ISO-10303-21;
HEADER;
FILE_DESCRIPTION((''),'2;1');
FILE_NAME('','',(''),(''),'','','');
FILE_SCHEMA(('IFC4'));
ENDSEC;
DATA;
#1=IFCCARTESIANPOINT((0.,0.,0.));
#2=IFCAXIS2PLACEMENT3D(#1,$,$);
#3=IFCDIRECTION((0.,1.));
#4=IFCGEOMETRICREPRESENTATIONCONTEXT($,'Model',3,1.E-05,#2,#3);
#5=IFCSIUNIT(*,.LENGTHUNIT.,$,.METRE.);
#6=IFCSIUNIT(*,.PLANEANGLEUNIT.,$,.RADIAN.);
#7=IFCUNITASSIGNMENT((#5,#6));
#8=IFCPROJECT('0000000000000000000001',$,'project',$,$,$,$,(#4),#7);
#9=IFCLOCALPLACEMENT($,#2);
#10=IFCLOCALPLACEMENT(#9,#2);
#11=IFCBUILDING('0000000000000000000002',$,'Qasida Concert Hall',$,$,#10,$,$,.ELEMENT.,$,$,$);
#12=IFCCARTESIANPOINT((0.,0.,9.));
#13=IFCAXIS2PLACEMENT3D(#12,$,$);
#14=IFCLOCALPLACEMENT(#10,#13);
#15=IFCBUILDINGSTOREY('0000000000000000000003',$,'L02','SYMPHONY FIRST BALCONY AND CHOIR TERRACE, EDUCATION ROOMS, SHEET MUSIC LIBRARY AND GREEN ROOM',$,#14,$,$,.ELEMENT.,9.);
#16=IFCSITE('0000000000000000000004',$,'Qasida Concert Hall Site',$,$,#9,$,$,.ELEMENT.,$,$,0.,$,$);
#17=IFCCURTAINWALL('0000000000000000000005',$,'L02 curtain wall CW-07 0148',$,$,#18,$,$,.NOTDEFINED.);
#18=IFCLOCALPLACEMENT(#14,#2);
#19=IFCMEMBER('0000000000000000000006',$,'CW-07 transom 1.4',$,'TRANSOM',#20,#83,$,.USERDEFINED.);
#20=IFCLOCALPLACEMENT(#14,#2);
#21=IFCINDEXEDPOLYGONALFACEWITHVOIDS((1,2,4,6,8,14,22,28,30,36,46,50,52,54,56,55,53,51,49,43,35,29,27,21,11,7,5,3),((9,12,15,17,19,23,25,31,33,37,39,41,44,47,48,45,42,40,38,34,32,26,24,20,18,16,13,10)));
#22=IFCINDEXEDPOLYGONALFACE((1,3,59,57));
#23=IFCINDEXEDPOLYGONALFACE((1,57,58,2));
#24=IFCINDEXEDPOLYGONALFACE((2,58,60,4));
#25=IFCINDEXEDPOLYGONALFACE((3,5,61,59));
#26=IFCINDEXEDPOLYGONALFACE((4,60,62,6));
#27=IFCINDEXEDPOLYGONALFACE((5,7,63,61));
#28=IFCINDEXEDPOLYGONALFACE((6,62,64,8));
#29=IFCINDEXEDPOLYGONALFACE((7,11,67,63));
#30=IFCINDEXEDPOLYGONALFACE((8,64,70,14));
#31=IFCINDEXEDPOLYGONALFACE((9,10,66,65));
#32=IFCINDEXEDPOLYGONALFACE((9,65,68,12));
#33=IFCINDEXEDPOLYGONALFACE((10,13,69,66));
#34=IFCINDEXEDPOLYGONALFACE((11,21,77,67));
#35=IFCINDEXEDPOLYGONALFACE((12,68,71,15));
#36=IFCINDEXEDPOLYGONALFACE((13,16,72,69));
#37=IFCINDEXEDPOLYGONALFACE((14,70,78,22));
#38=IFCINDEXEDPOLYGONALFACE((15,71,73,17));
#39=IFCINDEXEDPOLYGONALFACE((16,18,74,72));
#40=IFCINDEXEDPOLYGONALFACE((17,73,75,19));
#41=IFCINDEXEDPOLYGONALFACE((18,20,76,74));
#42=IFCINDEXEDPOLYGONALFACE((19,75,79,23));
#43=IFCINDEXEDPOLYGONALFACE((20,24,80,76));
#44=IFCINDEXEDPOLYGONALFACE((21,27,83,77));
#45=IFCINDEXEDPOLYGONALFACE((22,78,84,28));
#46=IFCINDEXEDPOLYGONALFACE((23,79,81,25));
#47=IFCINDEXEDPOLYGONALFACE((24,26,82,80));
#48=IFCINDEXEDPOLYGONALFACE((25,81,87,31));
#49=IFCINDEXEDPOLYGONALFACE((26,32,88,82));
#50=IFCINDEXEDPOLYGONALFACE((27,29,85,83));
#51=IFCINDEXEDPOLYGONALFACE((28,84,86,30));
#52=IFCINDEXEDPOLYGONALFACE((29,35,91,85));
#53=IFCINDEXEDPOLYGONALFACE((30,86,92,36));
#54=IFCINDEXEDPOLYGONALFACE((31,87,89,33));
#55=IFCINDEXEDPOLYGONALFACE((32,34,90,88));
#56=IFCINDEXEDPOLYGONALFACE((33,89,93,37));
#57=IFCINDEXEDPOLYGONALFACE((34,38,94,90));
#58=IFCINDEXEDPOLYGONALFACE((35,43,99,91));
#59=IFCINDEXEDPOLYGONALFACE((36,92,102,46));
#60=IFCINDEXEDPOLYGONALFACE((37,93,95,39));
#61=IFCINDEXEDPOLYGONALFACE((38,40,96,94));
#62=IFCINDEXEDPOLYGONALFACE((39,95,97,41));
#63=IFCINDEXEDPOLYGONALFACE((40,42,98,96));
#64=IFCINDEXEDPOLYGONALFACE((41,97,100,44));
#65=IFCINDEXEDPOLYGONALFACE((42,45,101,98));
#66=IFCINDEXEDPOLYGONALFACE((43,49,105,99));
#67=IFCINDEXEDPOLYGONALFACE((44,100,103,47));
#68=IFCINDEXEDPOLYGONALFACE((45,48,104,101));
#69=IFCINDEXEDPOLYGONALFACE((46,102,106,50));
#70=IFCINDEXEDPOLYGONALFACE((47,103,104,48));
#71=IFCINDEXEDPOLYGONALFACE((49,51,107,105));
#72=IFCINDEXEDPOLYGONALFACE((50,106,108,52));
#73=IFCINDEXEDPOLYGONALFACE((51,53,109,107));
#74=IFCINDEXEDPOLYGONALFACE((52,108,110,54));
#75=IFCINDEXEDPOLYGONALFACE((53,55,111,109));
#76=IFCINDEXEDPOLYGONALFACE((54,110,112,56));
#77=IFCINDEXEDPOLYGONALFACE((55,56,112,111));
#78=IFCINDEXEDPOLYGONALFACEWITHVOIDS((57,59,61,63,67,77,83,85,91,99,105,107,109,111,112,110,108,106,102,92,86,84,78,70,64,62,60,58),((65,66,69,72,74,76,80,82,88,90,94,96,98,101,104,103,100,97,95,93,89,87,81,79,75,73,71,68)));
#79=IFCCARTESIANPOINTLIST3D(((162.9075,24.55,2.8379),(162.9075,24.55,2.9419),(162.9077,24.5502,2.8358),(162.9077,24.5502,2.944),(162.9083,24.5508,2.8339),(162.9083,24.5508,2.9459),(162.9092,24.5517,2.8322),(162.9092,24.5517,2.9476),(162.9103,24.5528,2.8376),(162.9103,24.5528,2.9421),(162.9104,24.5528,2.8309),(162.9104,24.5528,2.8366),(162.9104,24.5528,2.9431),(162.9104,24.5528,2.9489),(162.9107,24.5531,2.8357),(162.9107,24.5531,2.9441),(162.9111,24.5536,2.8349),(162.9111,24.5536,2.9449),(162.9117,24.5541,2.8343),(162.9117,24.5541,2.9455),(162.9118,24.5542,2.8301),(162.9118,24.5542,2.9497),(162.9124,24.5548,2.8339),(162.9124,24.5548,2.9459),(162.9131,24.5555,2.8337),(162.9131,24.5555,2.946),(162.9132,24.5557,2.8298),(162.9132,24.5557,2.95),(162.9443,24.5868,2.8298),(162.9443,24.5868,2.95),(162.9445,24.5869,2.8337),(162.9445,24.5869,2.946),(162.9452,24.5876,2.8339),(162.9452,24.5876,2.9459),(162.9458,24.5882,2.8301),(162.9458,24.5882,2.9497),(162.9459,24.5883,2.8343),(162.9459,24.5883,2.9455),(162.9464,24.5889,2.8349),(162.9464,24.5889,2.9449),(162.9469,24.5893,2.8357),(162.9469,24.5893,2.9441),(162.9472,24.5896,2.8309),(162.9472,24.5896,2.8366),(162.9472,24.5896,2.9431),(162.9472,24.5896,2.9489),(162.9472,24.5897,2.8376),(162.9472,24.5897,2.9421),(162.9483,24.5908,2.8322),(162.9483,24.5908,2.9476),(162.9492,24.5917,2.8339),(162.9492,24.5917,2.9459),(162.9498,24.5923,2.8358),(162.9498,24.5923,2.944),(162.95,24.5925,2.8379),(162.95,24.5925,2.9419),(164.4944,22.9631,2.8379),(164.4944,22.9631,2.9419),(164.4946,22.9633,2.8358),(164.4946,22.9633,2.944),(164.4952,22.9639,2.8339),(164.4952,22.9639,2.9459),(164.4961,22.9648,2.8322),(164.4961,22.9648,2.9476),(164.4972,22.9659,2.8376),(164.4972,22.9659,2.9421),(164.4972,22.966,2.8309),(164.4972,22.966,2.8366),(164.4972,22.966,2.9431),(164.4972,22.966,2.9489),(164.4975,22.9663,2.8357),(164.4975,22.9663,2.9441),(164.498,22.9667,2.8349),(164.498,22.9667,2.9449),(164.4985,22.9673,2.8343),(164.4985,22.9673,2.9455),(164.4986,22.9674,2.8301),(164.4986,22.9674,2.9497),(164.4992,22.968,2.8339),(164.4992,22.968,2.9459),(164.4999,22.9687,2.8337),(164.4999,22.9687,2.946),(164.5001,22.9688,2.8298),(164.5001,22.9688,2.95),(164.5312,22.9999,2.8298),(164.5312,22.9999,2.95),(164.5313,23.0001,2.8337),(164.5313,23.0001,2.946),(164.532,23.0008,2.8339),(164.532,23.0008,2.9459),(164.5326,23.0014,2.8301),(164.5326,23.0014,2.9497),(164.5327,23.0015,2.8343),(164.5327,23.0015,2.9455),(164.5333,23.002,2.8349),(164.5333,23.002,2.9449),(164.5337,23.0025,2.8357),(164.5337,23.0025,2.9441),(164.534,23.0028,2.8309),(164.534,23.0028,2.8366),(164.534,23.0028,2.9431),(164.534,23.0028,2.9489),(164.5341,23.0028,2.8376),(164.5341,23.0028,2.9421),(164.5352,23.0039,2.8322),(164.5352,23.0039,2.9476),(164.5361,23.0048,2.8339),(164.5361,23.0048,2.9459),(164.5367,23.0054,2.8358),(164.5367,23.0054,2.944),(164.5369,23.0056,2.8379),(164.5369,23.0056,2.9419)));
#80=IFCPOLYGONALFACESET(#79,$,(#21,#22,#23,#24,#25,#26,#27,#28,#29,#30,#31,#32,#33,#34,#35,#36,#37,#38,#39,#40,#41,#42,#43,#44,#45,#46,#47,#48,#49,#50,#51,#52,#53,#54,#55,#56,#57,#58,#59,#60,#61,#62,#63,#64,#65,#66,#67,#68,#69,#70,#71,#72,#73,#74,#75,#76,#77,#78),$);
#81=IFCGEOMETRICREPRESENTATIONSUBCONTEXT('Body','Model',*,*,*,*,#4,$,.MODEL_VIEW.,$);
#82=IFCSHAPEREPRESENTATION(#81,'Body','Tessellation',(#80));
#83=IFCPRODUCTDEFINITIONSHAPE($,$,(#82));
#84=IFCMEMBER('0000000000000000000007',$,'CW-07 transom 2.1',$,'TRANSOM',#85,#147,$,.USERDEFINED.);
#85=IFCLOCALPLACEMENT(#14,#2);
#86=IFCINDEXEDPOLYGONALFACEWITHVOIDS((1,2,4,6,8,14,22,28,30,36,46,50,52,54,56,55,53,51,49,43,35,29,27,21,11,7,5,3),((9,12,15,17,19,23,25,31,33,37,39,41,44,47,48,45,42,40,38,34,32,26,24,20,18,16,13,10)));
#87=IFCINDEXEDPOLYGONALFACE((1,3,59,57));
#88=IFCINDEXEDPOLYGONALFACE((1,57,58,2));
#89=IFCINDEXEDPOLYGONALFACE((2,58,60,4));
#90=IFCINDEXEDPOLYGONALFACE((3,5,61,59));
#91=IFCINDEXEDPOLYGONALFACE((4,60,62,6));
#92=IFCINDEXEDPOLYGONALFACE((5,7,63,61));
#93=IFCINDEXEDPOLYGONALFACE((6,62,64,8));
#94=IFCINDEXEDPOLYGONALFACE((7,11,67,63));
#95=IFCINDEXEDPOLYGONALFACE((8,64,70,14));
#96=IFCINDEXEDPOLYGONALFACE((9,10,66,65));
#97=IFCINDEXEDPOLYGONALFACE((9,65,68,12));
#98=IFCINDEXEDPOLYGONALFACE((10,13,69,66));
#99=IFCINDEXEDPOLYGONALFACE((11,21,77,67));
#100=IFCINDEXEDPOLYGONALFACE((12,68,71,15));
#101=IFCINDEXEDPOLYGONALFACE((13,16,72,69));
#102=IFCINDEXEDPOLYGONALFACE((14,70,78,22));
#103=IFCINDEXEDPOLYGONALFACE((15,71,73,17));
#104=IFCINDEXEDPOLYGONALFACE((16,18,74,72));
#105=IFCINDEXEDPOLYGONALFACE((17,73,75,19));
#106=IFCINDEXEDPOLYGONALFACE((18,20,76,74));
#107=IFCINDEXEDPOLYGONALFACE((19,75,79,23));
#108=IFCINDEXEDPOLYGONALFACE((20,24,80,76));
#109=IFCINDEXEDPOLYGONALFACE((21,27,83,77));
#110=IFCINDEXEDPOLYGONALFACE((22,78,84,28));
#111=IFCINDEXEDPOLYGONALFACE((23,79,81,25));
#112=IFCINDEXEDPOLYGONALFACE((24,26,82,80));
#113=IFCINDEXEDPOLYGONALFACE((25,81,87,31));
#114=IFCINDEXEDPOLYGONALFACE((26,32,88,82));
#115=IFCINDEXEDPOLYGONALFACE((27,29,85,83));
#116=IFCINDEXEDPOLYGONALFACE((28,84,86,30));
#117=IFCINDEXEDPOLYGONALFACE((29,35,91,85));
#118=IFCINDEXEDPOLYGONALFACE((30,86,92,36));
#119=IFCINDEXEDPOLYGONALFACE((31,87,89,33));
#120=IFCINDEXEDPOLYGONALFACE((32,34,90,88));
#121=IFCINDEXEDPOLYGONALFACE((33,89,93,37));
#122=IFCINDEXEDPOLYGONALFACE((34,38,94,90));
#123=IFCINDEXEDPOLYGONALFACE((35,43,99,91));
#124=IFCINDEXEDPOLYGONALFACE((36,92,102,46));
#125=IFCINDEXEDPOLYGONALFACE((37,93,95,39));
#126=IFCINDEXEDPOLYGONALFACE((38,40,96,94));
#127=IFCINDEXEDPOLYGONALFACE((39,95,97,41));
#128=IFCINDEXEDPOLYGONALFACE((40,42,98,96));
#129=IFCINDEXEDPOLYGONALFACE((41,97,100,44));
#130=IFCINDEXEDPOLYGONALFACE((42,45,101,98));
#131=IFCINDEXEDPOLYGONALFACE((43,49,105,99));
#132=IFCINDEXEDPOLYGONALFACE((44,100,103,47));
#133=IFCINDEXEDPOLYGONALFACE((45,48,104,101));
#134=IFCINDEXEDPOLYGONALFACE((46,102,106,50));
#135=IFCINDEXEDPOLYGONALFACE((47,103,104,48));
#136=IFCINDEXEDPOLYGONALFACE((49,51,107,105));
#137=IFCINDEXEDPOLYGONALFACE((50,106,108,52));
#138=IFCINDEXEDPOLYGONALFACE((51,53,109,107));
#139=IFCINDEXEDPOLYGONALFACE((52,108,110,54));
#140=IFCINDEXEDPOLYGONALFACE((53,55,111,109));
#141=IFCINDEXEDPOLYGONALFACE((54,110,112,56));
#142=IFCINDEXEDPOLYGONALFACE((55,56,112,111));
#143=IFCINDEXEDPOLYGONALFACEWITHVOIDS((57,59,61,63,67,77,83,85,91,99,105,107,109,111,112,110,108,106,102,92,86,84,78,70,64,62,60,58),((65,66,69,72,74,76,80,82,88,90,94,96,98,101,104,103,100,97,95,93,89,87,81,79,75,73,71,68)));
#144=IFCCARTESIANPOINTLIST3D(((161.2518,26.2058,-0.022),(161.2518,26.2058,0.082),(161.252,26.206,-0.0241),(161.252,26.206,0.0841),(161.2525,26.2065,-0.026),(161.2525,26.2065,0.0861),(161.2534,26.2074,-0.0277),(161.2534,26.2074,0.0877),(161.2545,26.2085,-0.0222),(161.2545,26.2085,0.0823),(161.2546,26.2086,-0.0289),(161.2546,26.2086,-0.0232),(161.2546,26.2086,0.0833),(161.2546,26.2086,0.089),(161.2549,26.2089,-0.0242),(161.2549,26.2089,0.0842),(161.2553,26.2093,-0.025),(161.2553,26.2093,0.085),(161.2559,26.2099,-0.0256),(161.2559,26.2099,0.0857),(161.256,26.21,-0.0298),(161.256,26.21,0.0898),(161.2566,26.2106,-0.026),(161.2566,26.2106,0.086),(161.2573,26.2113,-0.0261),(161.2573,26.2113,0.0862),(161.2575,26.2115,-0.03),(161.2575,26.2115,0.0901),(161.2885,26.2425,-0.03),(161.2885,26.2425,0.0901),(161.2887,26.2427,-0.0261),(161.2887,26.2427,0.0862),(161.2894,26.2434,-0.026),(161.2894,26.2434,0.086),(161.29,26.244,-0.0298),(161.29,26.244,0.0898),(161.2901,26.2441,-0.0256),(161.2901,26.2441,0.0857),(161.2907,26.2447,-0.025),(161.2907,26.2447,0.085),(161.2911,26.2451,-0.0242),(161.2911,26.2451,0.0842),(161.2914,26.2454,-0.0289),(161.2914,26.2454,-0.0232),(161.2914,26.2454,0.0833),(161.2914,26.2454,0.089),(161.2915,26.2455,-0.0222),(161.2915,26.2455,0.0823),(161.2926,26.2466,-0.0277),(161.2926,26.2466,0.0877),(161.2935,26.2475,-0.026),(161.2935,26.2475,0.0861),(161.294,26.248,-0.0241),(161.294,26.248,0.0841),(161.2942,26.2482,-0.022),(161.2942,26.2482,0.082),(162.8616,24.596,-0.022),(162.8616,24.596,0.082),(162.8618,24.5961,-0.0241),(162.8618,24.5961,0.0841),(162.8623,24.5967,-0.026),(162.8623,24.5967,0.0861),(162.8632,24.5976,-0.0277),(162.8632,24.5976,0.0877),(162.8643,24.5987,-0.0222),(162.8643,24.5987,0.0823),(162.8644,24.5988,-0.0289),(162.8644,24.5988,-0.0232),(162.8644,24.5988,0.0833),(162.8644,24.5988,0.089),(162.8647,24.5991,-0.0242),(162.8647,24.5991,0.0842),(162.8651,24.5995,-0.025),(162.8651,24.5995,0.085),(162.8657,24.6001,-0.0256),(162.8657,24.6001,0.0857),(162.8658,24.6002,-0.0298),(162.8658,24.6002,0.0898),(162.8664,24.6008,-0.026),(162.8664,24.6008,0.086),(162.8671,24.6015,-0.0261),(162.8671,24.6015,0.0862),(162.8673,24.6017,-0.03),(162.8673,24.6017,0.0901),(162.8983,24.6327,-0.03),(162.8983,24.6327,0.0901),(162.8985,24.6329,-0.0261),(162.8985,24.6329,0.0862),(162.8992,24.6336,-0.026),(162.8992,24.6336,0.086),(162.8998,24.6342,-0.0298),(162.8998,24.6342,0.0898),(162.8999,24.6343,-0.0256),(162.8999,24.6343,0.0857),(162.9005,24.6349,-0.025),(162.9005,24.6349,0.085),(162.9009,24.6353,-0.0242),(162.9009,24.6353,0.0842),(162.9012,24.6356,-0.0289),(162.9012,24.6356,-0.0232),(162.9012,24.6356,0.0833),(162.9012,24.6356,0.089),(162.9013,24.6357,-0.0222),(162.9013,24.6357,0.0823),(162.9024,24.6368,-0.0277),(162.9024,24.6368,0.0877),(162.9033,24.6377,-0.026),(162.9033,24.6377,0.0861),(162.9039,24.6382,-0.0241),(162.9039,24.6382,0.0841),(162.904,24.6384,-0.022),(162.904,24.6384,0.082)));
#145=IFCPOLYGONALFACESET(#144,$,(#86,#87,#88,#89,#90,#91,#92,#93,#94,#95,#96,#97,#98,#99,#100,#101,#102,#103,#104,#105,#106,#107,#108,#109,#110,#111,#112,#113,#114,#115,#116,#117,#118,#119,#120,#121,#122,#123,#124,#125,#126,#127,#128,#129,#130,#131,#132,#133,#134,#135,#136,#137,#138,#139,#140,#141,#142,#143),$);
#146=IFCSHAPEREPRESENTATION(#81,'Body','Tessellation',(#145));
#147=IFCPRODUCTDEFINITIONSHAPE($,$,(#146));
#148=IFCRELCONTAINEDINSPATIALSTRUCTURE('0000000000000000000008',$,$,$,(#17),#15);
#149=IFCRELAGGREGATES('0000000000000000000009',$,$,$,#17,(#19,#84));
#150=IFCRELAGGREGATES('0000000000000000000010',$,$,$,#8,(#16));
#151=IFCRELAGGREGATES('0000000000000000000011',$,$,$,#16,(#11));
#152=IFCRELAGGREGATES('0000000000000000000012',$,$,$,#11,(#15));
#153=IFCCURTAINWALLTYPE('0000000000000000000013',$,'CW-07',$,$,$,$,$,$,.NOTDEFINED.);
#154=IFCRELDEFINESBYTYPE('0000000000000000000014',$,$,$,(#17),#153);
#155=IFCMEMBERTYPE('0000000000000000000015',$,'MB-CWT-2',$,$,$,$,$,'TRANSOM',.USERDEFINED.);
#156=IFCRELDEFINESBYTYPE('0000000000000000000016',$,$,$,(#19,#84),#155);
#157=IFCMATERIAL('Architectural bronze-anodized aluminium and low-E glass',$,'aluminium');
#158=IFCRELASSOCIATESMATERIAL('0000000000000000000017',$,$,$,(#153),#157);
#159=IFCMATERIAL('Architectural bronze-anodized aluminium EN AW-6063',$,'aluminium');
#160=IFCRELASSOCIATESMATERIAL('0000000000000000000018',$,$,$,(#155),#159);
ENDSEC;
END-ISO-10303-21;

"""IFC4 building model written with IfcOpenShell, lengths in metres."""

from ifc_helpers import new_model, si_unit, direction, frame, origin, origin_2d, place, context, subcontext, project, spatial, hollow_rectangle, extrude, material, material_profile, profile_set, type_object, element, aggregate, save


model = new_model("IFC4")

# Units and contexts
model_context = context("Model", 3, precision=1e-05, world=origin(), true_north=direction((0.0, 1.0)))
body_context = subcontext(model_context, "Body", "Model", "MODEL_VIEW")
ifc_project = project(units=[si_unit("LENGTHUNIT", "METRE"), si_unit("PLANEANGLEUNIT", "RADIAN")], contexts=[model_context])

# Site, building, storey
site_placement = place(None, origin())
site = spatial("IfcSite", under=ifc_project, at=site_placement, Name="Qasida Concert Hall Site", CompositionType="ELEMENT", RefElevation=0.0)
building_placement = place(site_placement, origin())
building = spatial("IfcBuilding", under=site, at=building_placement, Name="Qasida Concert Hall", CompositionType="ELEMENT")
storey_placement = place(building_placement, frame((0.0, 0.0, 9.0)))
storey = spatial("IfcBuildingStorey", under=building, at=storey_placement, Name="L02", Description="SYMPHONY FIRST BALCONY AND CHOIR TERRACE, EDUCATION ROOMS, SHEET MUSIC LIBRARY AND GREEN ROOM", CompositionType="ELEMENT", Elevation=9.0)

# Curtain wall, members
ifc_material_1 = material(Name="Architectural bronze-anodized aluminium and low-E glass", Category="aluminium")
curtain_wall_type = type_object("IfcCurtainWallType", Name="CW-07", PredefinedType="NOTDEFINED", material=ifc_material_1)
curtain_wall_placement = place(storey_placement, origin())
curtain_wall = element("IfcCurtainWall", 1, at=curtain_wall_placement, inside=storey, type_object=curtain_wall_type, Name="L02 curtain wall CW-07 0148", PredefinedType="NOTDEFINED")
ifc_material_2 = material(Name="Architectural bronze-anodized aluminium EN AW-6063", Category="aluminium")
ifc_material_profile_1 = material_profile(ifc_material_2, hollow_rectangle(XDim=0.0601, YDim=0.1201, WallThickness=0.0039, InnerFilletRadius=0.0039, OuterFilletRadius=0.0081, at=origin_2d()), Name="CWT 120x60x4")
ifc_profile_set_1 = profile_set([ifc_material_profile_1], Name="Architectural bronze-anodized aluminium EN AW-6063")
member_type_1 = type_object("IfcMemberType", Name="MB-CWT-2", ElementType="TRANSOM", PredefinedType="USERDEFINED", material=ifc_profile_set_1)
member_1_placement = place(storey_placement, frame((164.5156, 22.9844, 2.8899), z_axis=(-0.707107, 0.707107, 0.0), x_axis=(-0.707107, -0.707107, 0.0)))
member_1 = element("IfcMember", 2, at=member_1_placement, type_object=member_type_1, Name="CW-07 transom 1.4", ObjectType="TRANSOM", PredefinedType="USERDEFINED", context=body_context, shape_type="SweptSolid", body=[
    extrude(hollow_rectangle(XDim=0.0601, YDim=0.1201, WallThickness=0.0039, InnerFilletRadius=0.0039, OuterFilletRadius=0.0081, at=origin_2d()), origin(), (0.0, 0.0, 1.0), 2.2441),
])
member_2_placement = place(storey_placement, frame((162.8828, 24.6172, 0.03), z_axis=(-0.707107, 0.707107, 0.0), x_axis=(-0.707107, -0.707107, 0.0)))
member_2 = element("IfcMember", 3, at=member_2_placement, type_object=member_type_1, Name="CW-07 transom 2.1", ObjectType="TRANSOM", PredefinedType="USERDEFINED", context=body_context, shape_type="SweptSolid", body=[
    extrude(hollow_rectangle(XDim=0.0601, YDim=0.1201, WallThickness=0.0039, InnerFilletRadius=0.0039, OuterFilletRadius=0.0081, at=origin_2d()), origin(), (0.0, 0.0, 1.0), 2.2766),
])
aggregate(curtain_wall, [member_1, member_2])

save(model, "model.ifc")
